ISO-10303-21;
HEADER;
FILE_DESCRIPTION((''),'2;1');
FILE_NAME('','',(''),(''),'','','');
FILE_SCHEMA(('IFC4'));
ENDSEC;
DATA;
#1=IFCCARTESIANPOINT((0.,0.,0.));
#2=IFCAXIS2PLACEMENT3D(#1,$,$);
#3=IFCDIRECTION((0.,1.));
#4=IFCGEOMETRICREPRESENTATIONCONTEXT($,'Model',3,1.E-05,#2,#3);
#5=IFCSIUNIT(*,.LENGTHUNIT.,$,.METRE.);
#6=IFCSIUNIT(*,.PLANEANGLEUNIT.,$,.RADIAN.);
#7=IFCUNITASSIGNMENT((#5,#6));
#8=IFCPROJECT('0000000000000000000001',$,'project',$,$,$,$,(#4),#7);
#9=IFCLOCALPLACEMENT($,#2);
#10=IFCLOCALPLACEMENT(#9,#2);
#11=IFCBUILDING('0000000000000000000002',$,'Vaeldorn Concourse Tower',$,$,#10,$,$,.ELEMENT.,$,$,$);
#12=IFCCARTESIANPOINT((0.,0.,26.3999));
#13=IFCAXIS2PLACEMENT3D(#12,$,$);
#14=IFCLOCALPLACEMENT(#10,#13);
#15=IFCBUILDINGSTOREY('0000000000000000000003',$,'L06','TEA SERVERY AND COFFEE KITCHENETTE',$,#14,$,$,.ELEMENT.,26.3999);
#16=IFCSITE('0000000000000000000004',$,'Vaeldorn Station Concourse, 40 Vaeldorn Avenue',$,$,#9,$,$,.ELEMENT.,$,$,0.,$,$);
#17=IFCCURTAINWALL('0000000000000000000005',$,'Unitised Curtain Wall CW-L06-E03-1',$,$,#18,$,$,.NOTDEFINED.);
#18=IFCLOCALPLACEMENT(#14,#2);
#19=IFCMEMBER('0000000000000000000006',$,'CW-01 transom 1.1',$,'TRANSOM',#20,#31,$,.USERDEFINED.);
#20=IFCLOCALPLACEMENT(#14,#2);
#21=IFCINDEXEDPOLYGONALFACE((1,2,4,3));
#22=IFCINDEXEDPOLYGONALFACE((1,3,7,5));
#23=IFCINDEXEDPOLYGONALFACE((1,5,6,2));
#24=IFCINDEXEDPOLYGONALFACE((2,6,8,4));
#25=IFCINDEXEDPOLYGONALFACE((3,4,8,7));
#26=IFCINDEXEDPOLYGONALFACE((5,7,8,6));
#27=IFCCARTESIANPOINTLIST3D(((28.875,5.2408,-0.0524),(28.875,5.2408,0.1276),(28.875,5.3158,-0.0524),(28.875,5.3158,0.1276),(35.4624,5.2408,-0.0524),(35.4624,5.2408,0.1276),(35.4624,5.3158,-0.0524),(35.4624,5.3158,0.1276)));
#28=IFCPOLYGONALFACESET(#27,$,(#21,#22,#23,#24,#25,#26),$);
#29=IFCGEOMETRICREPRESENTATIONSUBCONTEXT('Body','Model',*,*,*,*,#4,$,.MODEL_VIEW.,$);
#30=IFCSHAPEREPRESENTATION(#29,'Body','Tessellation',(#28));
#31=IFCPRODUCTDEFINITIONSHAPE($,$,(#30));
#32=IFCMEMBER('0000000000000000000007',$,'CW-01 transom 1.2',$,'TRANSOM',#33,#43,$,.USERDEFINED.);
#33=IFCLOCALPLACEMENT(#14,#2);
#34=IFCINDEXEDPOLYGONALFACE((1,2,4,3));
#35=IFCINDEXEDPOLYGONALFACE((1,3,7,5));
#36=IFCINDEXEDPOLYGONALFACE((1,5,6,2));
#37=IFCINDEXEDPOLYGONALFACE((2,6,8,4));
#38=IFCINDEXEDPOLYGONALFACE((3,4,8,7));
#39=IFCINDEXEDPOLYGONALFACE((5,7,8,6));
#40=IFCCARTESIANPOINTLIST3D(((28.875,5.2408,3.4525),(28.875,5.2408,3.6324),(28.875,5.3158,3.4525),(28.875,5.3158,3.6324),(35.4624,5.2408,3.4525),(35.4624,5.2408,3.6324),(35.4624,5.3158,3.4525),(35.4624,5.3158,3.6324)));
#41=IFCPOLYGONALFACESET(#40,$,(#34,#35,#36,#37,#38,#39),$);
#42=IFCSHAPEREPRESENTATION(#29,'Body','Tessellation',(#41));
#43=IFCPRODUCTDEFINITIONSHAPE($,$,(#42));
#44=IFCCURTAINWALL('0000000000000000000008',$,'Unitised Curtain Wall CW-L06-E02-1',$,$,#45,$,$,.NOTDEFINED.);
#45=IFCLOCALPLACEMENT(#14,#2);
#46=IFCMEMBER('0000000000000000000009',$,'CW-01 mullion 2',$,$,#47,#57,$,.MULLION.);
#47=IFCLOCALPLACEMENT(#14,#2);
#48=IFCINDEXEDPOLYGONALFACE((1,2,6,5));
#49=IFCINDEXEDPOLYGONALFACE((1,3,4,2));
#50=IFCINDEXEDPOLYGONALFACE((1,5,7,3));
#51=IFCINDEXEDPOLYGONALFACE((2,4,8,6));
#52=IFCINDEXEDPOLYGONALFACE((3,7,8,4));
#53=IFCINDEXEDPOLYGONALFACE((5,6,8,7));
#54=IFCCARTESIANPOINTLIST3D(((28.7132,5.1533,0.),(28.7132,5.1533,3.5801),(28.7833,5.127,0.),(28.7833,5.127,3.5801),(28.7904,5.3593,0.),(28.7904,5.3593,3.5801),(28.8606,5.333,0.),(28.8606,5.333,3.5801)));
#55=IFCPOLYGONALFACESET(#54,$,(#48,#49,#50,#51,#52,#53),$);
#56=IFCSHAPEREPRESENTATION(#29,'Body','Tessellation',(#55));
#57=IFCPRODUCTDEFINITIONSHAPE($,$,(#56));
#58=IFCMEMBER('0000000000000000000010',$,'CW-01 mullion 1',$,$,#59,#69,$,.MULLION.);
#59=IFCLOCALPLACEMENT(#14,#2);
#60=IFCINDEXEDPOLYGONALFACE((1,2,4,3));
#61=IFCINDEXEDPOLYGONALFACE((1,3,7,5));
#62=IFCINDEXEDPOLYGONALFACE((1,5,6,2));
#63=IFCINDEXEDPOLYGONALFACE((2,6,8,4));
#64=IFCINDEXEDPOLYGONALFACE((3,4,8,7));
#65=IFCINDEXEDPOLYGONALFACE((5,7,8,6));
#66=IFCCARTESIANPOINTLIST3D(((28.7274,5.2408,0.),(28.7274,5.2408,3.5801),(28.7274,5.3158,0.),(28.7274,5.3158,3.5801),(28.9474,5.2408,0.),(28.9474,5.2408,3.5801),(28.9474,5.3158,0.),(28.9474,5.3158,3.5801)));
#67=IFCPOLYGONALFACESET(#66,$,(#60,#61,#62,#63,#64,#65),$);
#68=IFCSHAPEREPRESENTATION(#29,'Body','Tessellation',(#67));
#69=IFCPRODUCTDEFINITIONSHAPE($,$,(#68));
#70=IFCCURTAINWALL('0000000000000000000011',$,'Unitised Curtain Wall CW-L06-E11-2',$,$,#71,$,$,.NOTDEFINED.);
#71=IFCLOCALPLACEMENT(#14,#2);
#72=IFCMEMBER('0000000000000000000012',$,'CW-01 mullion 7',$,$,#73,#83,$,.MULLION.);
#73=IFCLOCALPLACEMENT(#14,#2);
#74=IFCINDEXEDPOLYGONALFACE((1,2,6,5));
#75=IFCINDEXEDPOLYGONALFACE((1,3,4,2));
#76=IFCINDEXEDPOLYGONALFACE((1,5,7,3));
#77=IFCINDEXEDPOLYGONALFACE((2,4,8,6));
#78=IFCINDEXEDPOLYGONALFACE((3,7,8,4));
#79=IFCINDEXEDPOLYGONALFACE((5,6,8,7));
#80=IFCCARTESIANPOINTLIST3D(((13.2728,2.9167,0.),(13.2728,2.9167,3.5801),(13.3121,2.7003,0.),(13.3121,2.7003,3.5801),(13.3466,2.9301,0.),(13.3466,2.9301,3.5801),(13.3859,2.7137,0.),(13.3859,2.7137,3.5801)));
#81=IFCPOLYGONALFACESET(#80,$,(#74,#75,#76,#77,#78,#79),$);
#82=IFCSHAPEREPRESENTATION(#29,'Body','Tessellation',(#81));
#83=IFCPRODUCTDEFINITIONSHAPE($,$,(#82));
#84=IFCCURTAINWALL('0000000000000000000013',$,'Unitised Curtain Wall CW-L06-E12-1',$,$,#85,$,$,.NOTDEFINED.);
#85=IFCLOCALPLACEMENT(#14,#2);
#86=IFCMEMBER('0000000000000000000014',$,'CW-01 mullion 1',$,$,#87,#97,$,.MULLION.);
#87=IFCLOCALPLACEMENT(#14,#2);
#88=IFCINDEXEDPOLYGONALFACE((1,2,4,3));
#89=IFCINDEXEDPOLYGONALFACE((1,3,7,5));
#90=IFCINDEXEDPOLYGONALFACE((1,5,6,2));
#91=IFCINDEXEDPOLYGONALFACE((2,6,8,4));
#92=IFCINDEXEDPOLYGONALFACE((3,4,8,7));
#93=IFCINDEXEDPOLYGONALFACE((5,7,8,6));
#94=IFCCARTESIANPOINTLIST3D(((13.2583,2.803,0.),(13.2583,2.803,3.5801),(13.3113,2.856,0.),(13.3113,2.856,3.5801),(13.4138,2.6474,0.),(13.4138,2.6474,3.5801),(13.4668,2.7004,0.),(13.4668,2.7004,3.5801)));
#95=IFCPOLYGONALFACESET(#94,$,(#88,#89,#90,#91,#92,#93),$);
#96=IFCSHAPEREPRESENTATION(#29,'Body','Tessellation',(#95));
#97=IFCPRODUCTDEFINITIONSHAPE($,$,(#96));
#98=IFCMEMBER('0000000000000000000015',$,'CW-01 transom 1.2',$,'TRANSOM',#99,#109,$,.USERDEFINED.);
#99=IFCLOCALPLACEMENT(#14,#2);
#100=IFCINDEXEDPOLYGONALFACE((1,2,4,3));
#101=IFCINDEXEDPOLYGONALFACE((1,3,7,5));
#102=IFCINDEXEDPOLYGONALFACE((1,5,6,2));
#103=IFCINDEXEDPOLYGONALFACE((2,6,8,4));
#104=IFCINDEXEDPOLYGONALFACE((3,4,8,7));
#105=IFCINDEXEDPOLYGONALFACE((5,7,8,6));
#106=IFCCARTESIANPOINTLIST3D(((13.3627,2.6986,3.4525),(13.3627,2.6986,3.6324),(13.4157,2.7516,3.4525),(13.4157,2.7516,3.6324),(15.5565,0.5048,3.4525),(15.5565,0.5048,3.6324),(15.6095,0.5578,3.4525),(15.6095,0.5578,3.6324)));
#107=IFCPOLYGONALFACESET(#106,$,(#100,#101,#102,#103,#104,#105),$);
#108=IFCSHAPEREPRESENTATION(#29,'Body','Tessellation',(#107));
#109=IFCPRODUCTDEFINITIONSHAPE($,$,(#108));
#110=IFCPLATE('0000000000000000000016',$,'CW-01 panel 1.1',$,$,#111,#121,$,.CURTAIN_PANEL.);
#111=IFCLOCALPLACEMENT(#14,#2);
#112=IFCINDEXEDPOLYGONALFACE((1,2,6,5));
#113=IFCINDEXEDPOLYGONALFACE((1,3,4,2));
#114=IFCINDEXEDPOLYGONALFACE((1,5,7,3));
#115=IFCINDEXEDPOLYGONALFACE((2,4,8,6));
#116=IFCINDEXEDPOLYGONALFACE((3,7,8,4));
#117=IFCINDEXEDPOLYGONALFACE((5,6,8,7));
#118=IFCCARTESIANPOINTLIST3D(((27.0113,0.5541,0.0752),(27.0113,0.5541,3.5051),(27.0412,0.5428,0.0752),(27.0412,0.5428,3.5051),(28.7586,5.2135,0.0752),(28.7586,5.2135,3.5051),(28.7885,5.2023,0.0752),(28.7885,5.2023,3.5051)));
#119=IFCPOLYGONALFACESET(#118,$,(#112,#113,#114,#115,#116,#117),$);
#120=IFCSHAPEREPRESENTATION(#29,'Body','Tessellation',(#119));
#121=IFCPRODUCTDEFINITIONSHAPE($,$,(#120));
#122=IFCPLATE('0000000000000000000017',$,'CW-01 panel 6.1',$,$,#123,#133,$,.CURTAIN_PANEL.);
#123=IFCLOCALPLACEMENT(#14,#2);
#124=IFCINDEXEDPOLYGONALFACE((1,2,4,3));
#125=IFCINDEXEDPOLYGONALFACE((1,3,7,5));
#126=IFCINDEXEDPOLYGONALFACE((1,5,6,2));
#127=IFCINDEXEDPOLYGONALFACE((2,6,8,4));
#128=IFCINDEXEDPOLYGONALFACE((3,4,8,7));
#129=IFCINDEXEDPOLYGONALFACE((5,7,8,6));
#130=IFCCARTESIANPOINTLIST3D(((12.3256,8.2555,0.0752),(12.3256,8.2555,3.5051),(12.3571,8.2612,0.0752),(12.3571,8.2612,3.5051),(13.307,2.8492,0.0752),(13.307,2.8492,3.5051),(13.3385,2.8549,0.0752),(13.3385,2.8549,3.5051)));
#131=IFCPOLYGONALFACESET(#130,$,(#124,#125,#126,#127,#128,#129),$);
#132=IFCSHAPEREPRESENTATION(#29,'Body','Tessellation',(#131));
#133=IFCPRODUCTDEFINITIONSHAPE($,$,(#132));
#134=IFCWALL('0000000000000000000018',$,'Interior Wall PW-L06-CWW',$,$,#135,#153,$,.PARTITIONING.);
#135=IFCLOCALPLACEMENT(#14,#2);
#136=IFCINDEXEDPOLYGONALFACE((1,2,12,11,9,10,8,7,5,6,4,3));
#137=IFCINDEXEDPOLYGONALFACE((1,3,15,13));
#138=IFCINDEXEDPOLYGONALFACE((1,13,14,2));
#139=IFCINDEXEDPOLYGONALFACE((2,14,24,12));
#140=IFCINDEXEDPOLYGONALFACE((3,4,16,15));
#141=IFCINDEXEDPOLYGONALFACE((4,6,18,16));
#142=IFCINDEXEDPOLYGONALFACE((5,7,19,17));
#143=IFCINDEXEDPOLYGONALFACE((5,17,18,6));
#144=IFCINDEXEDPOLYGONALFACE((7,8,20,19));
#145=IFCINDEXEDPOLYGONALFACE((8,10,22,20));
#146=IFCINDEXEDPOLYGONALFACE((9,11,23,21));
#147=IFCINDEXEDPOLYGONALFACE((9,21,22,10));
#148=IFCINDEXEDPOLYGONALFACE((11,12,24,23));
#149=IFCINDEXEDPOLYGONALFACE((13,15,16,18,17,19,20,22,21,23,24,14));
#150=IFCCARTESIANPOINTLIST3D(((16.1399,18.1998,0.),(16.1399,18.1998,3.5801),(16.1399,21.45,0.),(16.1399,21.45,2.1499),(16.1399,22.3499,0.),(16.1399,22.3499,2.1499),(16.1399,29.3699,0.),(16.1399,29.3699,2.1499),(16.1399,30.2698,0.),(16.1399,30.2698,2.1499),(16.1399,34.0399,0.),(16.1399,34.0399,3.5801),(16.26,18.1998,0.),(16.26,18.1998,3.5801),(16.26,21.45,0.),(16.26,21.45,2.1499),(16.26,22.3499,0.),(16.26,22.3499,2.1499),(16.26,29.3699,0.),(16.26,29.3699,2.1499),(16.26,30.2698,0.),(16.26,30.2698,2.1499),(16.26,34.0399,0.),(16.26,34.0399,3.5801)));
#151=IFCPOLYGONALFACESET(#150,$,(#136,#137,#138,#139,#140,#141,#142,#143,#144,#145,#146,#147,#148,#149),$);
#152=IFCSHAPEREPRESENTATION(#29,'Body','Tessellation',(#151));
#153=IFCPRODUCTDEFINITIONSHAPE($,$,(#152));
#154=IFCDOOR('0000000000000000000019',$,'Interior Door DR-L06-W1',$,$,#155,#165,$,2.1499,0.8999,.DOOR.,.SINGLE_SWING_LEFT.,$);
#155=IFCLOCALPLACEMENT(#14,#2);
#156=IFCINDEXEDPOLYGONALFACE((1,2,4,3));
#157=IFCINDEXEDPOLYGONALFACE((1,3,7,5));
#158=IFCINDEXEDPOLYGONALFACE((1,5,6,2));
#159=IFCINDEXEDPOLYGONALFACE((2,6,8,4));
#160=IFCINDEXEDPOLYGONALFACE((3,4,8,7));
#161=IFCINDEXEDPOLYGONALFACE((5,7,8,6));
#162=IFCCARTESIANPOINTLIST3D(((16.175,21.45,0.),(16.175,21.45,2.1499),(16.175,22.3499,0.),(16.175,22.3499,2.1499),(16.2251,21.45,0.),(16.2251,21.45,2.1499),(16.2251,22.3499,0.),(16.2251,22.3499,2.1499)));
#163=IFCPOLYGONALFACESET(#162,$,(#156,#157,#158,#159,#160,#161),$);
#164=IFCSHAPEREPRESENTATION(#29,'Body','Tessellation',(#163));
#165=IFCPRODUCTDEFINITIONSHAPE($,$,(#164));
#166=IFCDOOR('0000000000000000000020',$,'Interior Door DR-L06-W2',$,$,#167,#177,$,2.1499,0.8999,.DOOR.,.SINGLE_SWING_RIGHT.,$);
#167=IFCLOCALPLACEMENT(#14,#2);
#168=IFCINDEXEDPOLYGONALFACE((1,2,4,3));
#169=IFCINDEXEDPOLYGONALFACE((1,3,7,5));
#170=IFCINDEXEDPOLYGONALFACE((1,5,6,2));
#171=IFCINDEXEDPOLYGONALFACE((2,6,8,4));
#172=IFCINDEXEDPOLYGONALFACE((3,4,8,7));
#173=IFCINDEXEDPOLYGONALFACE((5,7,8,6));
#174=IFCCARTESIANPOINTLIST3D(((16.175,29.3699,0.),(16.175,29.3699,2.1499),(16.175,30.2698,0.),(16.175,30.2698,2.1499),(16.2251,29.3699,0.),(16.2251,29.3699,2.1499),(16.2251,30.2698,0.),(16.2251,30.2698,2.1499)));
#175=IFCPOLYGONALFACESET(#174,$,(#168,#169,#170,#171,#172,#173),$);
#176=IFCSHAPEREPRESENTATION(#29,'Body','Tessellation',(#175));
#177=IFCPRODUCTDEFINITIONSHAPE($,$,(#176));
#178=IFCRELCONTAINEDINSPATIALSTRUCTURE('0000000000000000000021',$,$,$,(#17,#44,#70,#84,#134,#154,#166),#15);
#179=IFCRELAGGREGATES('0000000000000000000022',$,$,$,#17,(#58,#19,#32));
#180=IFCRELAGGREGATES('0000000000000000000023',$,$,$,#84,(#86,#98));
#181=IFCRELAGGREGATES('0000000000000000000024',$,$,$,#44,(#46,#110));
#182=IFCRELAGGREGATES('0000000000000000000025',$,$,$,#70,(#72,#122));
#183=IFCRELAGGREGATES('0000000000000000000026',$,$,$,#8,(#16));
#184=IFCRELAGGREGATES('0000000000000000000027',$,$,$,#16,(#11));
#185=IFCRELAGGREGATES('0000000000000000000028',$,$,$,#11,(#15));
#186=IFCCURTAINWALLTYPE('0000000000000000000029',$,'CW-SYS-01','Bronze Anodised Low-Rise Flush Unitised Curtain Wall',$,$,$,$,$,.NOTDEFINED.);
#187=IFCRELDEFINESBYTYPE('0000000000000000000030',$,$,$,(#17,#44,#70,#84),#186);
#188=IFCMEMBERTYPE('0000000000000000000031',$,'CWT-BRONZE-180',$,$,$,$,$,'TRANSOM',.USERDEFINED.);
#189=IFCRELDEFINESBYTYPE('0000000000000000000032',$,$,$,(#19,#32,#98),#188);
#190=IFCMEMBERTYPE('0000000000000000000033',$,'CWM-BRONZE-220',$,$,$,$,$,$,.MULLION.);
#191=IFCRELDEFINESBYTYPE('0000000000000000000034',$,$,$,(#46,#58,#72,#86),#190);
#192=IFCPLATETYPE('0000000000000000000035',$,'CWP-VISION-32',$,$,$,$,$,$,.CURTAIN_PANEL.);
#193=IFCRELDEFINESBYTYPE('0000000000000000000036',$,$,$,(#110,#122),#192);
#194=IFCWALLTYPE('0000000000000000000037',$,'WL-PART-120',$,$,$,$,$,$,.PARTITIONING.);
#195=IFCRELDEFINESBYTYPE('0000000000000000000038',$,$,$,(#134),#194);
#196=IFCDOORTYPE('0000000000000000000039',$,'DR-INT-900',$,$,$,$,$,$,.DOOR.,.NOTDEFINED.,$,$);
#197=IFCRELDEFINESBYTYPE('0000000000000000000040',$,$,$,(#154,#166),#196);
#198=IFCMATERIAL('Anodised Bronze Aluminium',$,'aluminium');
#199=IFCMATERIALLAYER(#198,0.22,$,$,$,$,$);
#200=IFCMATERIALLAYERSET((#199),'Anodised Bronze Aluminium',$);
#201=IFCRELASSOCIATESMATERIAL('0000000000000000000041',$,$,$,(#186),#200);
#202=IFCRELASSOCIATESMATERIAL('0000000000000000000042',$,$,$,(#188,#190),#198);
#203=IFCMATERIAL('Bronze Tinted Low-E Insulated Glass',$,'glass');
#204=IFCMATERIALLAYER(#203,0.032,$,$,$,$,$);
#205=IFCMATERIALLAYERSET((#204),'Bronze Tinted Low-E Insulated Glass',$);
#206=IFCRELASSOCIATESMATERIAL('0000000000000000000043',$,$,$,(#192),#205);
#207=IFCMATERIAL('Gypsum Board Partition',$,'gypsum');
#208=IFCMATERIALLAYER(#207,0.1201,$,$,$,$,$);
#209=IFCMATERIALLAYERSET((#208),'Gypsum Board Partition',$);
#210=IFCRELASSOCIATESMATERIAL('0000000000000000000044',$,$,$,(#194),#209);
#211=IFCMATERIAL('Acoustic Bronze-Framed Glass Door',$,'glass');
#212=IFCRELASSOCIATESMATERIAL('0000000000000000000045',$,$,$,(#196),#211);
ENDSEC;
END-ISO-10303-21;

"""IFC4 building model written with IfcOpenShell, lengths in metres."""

from ifc_helpers import new_model, si_unit, direction, frame, frame_2d, origin, origin_2d, place, context, subcontext, project, spatial, rectangle, extrude, source, transform, mapped, material, layer, layer_set, material_profile, profile_set, type_object, element, fill, aggregate, save


model = new_model("IFC4")

# Units and contexts
model_context = context("Model", 3, precision=1e-05, world=origin(), true_north=direction((0.0, 1.0)))
body_context = subcontext(model_context, "Body", "Model", "MODEL_VIEW")
ifc_project = project(units=[si_unit("LENGTHUNIT", "METRE"), si_unit("PLANEANGLEUNIT", "RADIAN")], contexts=[model_context])

# Site, building, storey
site_placement = place(None, origin())
site = spatial("IfcSite", under=ifc_project, at=site_placement, Name="Vaeldorn Station Concourse, 40 Vaeldorn Avenue", CompositionType="ELEMENT", RefElevation=0.0)
building_placement = place(site_placement, origin())
building = spatial("IfcBuilding", under=site, at=building_placement, Name="Vaeldorn Concourse Tower", CompositionType="ELEMENT")
storey_placement = place(building_placement, frame((0.0, 0.0, 26.3999)))
storey = spatial("IfcBuildingStorey", under=building, at=storey_placement, Name="L06", Description="TEA SERVERY AND COFFEE KITCHENETTE", CompositionType="ELEMENT", Elevation=26.3999)

# Curtain wall, members
ifc_material_1 = material(Name="Anodised Bronze Aluminium", Category="aluminium")
ifc_layer_1 = layer(ifc_material_1, 0.22)
ifc_layer_set_1 = layer_set([ifc_layer_1], Name="Anodised Bronze Aluminium")
curtain_wall_type = type_object("IfcCurtainWallType", Name="CW-SYS-01", Description="Bronze Anodised Low-Rise Flush Unitised Curtain Wall", PredefinedType="NOTDEFINED", material=ifc_layer_set_1)
curtain_wall_1_placement = place(storey_placement, origin())
curtain_wall_1 = element("IfcCurtainWall", 1, at=curtain_wall_1_placement, inside=storey, type_object=curtain_wall_type, Name="Unitised Curtain Wall CW-L06-E03-1", PredefinedType="NOTDEFINED")
ifc_material_profile_1 = material_profile(ifc_material_1, rectangle(XDim=0.075, YDim=0.1799, at=origin_2d()), Name="CWT 75x180")
ifc_profile_set_1 = profile_set([ifc_material_profile_1], Name="Anodised Bronze Aluminium")
member_type_1 = type_object("IfcMemberType", Name="CWT-BRONZE-180", ElementType="TRANSOM", PredefinedType="USERDEFINED", material=ifc_profile_set_1)
shared_shape_1 = source(origin(), body_context, "Body", "SweptSolid", [
    extrude(rectangle(XDim=0.075, YDim=0.1799, at=origin_2d()), origin(), (0.0, 0.0, 1.0), 6.5874),
])
member_1_placement = place(storey_placement, frame((28.875, 5.2783, 0.0376), z_axis=(1.0, 0.0, 0.0), x_axis=(0.0, 1.0, 0.0)))
member_1 = element("IfcMember", 2, at=member_1_placement, type_object=member_type_1, Name="CW-01 transom 1.1", ObjectType="TRANSOM", PredefinedType="USERDEFINED", context=body_context, shape_type="MappedRepresentation", body=[
    mapped(shared_shape_1, transform((0.0, 0.0, 0.0), scale=1.0)),
])
member_2_placement = place(storey_placement, frame((28.875, 5.2783, 3.5425), z_axis=(1.0, 0.0, 0.0), x_axis=(0.0, 1.0, 0.0)))
member_2 = element("IfcMember", 3, at=member_2_placement, type_object=member_type_1, Name="CW-01 transom 1.2", ObjectType="TRANSOM", PredefinedType="USERDEFINED", context=body_context, shape_type="MappedRepresentation", body=[
    mapped(shared_shape_1, transform((0.0, 0.0, 0.0), scale=1.0)),
])

# Curtain wall, member
curtain_wall_2_placement = place(storey_placement, origin())
curtain_wall_2 = element("IfcCurtainWall", 4, at=curtain_wall_2_placement, inside=storey, type_object=curtain_wall_type, Name="Unitised Curtain Wall CW-L06-E02-1", PredefinedType="NOTDEFINED")
ifc_material_profile_2 = material_profile(ifc_material_1, rectangle(XDim=0.075, YDim=0.22, at=origin_2d()), Name="CWM 75x220")
ifc_profile_set_2 = profile_set([ifc_material_profile_2], Name="Anodised Bronze Aluminium")
member_type_2 = type_object("IfcMemberType", Name="CWM-BRONZE-220", PredefinedType="MULLION", material=ifc_profile_set_2)
shared_shape_2 = source(origin(), body_context, "Body", "SweptSolid", [
    extrude(rectangle(XDim=0.075, YDim=0.22, at=origin_2d()), origin(), (0.0, 0.0, 1.0), 3.5801),
])
member_3_placement = place(storey_placement, frame((28.7869, 5.2432, 0.0), z_axis=(0.0, 0.0, 1.0), x_axis=(-0.936329, 0.351123, 0.0)))
member_3 = element("IfcMember", 5, at=member_3_placement, type_object=member_type_2, Name="CW-01 mullion 2", PredefinedType="MULLION", context=body_context, shape_type="MappedRepresentation", body=[
    mapped(shared_shape_2, transform((0.0, 0.0, 0.0), scale=1.0)),
])

# Member
member_4_placement = place(storey_placement, frame((28.8374, 5.2783, 0.0), z_axis=(0.0, 0.0, 1.0), x_axis=(0.0, 1.0, 0.0)))
member_4 = element("IfcMember", 6, at=member_4_placement, type_object=member_type_2, Name="CW-01 mullion 1", PredefinedType="MULLION", context=body_context, shape_type="MappedRepresentation", body=[
    mapped(shared_shape_2, transform((0.0, 0.0, 0.0), scale=1.0)),
])
aggregate(curtain_wall_1, [member_4, member_1, member_2])

# Curtain wall, member
curtain_wall_3_placement = place(storey_placement, origin())
curtain_wall_3 = element("IfcCurtainWall", 7, at=curtain_wall_3_placement, inside=storey, type_object=curtain_wall_type, Name="Unitised Curtain Wall CW-L06-E11-2", PredefinedType="NOTDEFINED")
member_5_placement = place(storey_placement, frame((13.3293, 2.8152, 0.0), z_axis=(0.0, 0.0, 1.0), x_axis=(0.98392, 0.178609, 0.0)))
member_5 = element("IfcMember", 8, at=member_5_placement, type_object=member_type_2, Name="CW-01 mullion 7", PredefinedType="MULLION", context=body_context, shape_type="MappedRepresentation", body=[
    mapped(shared_shape_2, transform((0.0, 0.0, 0.0), scale=1.0)),
])

# Curtain wall, members
curtain_wall_4_placement = place(storey_placement, origin())
curtain_wall_4 = element("IfcCurtainWall", 9, at=curtain_wall_4_placement, inside=storey, type_object=curtain_wall_type, Name="Unitised Curtain Wall CW-L06-E12-1", PredefinedType="NOTDEFINED")
member_6_placement = place(storey_placement, frame((13.3625, 2.7517, 0.0), z_axis=(0.0, 0.0, 1.0), x_axis=(0.707107, 0.707107, 0.0)))
member_6 = element("IfcMember", 10, at=member_6_placement, type_object=member_type_2, Name="CW-01 mullion 1", PredefinedType="MULLION", context=body_context, shape_type="MappedRepresentation", body=[
    mapped(shared_shape_2, transform((0.0, 0.0, 0.0), scale=1.0)),
])
shared_shape_3 = source(origin(), body_context, "Body", "SweptSolid", [
    extrude(rectangle(XDim=0.075, YDim=0.1799, at=origin_2d()), origin(), (0.0, 0.0, 1.0), 3.1025),
])
member_7_placement = place(storey_placement, frame((13.3892, 2.7251, 3.5425), z_axis=(0.707107, -0.707107, 0.0), x_axis=(0.707107, 0.707107, 0.0)))
member_7 = element("IfcMember", 11, at=member_7_placement, type_object=member_type_1, Name="CW-01 transom 1.2", ObjectType="TRANSOM", PredefinedType="USERDEFINED", context=body_context, shape_type="MappedRepresentation", body=[
    mapped(shared_shape_3, transform((0.0, 0.0, 0.0), scale=1.0)),
])
aggregate(curtain_wall_4, [member_6, member_7])

# Plates
ifc_material_2 = material(Name="Bronze Tinted Low-E Insulated Glass", Category="glass")
ifc_layer_2 = layer(ifc_material_2, 0.032)
ifc_layer_set_2 = layer_set([ifc_layer_2], Name="Bronze Tinted Low-E Insulated Glass")
plate_type = type_object("IfcPlateType", Name="CWP-VISION-32", PredefinedType="CURTAIN_PANEL", material=ifc_layer_set_2)
shared_shape_4 = source(origin(), body_context, "Body", "SweptSolid", [
    extrude(rectangle(XDim=4.9763, YDim=0.032, at=origin_2d()), origin(), (0.0, 0.0, 1.0), 3.4299),
])
plate_1_placement = place(storey_placement, frame((27.8999, 2.8782, 0.0752), z_axis=(0.0, 0.0, 1.0), x_axis=(0.351123, 0.936329, 0.0)))
plate_1 = element("IfcPlate", 12, at=plate_1_placement, type_object=plate_type, Name="CW-01 panel 1.1", PredefinedType="CURTAIN_PANEL", context=body_context, shape_type="MappedRepresentation", body=[
    mapped(shared_shape_4, transform((0.0, 0.0, 0.0), scale=1.0)),
])
aggregate(curtain_wall_2, [member_3, plate_1])
shared_shape_5 = source(origin(), body_context, "Body", "SweptSolid", [
    extrude(rectangle(XDim=5.4946, YDim=0.032, at=origin_2d()), origin(), (0.0, 0.0, 1.0), 3.4299),
])
plate_2_placement = place(storey_placement, frame((12.832, 5.5552, 0.0752), z_axis=(0.0, 0.0, 1.0), x_axis=(0.178609, -0.98392, 0.0)))
plate_2 = element("IfcPlate", 13, at=plate_2_placement, type_object=plate_type, Name="CW-01 panel 6.1", PredefinedType="CURTAIN_PANEL", context=body_context, shape_type="MappedRepresentation", body=[
    mapped(shared_shape_5, transform((0.0, 0.0, 0.0), scale=1.0)),
])
aggregate(curtain_wall_3, [member_5, plate_2])

# Wall, openings, doors
ifc_material_3 = material(Name="Gypsum Board Partition", Category="gypsum")
ifc_layer_3 = layer(ifc_material_3, 0.1201)
ifc_layer_set_3 = layer_set([ifc_layer_3], Name="Gypsum Board Partition")
wall_type = type_object("IfcWallType", Name="WL-PART-120", PredefinedType="PARTITIONING", material=ifc_layer_set_3)
wall_1_placement = place(storey_placement, frame((16.2, 18.2, 0.0), z_axis=(0.0, 0.0, 1.0), x_axis=(0.0, 1.0, 0.0)))
wall_1 = element("IfcWall", 14, at=wall_1_placement, inside=storey, type_object=wall_type, Name="Interior Wall PW-L06-CWW", PredefinedType="PARTITIONING", context=body_context, shape_type="SweptSolid", body=[
    extrude(rectangle(XDim=15.8401, YDim=0.1201, at=frame_2d((7.9199, 0.0))), origin(), (0.0, 0.0, 1.0), 3.5801),
])
opening_1_placement = place(wall_1_placement, frame((3.25, 0.0, 0.0)))
opening_1 = element("IfcOpeningElement", 15, at=opening_1_placement, cuts=wall_1, PredefinedType="OPENING", context=body_context, shape_type="SweptSolid", body=[
    extrude(rectangle(XDim=0.8999, YDim=2.1499, at=frame_2d((0.45, 1.075))), frame((0.0, 0.0701, 0.0), z_axis=(0.0, -1.0, 0.0), x_axis=(1.0, 0.0, 0.0)), (0.0, 0.0, 1.0), 0.1401),
])
opening_2_placement = place(wall_1_placement, frame((11.1699, 0.0, 0.0)))
opening_2 = element("IfcOpeningElement", 16, at=opening_2_placement, cuts=wall_1, PredefinedType="OPENING", context=body_context, shape_type="SweptSolid", body=[
    extrude(rectangle(XDim=0.8999, YDim=2.1499, at=frame_2d((0.45, 1.075))), frame((0.0, 0.0701, 0.0), z_axis=(0.0, -1.0, 0.0), x_axis=(1.0, 0.0, 0.0)), (0.0, 0.0, 1.0), 0.1401),
])
ifc_material_4 = material(Name="Acoustic Bronze-Framed Glass Door", Category="glass")
door_type = type_object("IfcDoorType", Name="DR-INT-900", OperationType="NOTDEFINED", PredefinedType="DOOR", material=ifc_material_4)
shared_shape_6 = source(origin(), body_context, "Body", "SweptSolid", [
    extrude(rectangle(XDim=0.8999, YDim=2.1499, at=frame_2d((0.45, 1.075))), frame((0.0, 0.0249, 0.0), z_axis=(0.0, -1.0, 0.0), x_axis=(1.0, 0.0, 0.0)), (0.0, 0.0, 1.0), 0.05),
])
door_1_placement = place(opening_1_placement, origin())
door_1 = element("IfcDoor", 17, at=door_1_placement, inside=storey, type_object=door_type, Name="Interior Door DR-L06-W1", OperationType="SINGLE_SWING_LEFT", OverallHeight=2.1499, OverallWidth=0.8999, PredefinedType="DOOR", context=body_context, shape_type="MappedRepresentation", body=[
    mapped(shared_shape_6, transform((0.0, 0.0, 0.0), scale=1.0)),
])
fill(opening_1, door_1)
door_2_placement = place(opening_2_placement, origin())
door_2 = element("IfcDoor", 18, at=door_2_placement, inside=storey, type_object=door_type, Name="Interior Door DR-L06-W2", OperationType="SINGLE_SWING_RIGHT", OverallHeight=2.1499, OverallWidth=0.8999, PredefinedType="DOOR", context=body_context, shape_type="MappedRepresentation", body=[
    mapped(shared_shape_6, transform((0.0, 0.0, 0.0), scale=1.0)),
])
fill(opening_2, door_2)

save(model, "model.ifc")
